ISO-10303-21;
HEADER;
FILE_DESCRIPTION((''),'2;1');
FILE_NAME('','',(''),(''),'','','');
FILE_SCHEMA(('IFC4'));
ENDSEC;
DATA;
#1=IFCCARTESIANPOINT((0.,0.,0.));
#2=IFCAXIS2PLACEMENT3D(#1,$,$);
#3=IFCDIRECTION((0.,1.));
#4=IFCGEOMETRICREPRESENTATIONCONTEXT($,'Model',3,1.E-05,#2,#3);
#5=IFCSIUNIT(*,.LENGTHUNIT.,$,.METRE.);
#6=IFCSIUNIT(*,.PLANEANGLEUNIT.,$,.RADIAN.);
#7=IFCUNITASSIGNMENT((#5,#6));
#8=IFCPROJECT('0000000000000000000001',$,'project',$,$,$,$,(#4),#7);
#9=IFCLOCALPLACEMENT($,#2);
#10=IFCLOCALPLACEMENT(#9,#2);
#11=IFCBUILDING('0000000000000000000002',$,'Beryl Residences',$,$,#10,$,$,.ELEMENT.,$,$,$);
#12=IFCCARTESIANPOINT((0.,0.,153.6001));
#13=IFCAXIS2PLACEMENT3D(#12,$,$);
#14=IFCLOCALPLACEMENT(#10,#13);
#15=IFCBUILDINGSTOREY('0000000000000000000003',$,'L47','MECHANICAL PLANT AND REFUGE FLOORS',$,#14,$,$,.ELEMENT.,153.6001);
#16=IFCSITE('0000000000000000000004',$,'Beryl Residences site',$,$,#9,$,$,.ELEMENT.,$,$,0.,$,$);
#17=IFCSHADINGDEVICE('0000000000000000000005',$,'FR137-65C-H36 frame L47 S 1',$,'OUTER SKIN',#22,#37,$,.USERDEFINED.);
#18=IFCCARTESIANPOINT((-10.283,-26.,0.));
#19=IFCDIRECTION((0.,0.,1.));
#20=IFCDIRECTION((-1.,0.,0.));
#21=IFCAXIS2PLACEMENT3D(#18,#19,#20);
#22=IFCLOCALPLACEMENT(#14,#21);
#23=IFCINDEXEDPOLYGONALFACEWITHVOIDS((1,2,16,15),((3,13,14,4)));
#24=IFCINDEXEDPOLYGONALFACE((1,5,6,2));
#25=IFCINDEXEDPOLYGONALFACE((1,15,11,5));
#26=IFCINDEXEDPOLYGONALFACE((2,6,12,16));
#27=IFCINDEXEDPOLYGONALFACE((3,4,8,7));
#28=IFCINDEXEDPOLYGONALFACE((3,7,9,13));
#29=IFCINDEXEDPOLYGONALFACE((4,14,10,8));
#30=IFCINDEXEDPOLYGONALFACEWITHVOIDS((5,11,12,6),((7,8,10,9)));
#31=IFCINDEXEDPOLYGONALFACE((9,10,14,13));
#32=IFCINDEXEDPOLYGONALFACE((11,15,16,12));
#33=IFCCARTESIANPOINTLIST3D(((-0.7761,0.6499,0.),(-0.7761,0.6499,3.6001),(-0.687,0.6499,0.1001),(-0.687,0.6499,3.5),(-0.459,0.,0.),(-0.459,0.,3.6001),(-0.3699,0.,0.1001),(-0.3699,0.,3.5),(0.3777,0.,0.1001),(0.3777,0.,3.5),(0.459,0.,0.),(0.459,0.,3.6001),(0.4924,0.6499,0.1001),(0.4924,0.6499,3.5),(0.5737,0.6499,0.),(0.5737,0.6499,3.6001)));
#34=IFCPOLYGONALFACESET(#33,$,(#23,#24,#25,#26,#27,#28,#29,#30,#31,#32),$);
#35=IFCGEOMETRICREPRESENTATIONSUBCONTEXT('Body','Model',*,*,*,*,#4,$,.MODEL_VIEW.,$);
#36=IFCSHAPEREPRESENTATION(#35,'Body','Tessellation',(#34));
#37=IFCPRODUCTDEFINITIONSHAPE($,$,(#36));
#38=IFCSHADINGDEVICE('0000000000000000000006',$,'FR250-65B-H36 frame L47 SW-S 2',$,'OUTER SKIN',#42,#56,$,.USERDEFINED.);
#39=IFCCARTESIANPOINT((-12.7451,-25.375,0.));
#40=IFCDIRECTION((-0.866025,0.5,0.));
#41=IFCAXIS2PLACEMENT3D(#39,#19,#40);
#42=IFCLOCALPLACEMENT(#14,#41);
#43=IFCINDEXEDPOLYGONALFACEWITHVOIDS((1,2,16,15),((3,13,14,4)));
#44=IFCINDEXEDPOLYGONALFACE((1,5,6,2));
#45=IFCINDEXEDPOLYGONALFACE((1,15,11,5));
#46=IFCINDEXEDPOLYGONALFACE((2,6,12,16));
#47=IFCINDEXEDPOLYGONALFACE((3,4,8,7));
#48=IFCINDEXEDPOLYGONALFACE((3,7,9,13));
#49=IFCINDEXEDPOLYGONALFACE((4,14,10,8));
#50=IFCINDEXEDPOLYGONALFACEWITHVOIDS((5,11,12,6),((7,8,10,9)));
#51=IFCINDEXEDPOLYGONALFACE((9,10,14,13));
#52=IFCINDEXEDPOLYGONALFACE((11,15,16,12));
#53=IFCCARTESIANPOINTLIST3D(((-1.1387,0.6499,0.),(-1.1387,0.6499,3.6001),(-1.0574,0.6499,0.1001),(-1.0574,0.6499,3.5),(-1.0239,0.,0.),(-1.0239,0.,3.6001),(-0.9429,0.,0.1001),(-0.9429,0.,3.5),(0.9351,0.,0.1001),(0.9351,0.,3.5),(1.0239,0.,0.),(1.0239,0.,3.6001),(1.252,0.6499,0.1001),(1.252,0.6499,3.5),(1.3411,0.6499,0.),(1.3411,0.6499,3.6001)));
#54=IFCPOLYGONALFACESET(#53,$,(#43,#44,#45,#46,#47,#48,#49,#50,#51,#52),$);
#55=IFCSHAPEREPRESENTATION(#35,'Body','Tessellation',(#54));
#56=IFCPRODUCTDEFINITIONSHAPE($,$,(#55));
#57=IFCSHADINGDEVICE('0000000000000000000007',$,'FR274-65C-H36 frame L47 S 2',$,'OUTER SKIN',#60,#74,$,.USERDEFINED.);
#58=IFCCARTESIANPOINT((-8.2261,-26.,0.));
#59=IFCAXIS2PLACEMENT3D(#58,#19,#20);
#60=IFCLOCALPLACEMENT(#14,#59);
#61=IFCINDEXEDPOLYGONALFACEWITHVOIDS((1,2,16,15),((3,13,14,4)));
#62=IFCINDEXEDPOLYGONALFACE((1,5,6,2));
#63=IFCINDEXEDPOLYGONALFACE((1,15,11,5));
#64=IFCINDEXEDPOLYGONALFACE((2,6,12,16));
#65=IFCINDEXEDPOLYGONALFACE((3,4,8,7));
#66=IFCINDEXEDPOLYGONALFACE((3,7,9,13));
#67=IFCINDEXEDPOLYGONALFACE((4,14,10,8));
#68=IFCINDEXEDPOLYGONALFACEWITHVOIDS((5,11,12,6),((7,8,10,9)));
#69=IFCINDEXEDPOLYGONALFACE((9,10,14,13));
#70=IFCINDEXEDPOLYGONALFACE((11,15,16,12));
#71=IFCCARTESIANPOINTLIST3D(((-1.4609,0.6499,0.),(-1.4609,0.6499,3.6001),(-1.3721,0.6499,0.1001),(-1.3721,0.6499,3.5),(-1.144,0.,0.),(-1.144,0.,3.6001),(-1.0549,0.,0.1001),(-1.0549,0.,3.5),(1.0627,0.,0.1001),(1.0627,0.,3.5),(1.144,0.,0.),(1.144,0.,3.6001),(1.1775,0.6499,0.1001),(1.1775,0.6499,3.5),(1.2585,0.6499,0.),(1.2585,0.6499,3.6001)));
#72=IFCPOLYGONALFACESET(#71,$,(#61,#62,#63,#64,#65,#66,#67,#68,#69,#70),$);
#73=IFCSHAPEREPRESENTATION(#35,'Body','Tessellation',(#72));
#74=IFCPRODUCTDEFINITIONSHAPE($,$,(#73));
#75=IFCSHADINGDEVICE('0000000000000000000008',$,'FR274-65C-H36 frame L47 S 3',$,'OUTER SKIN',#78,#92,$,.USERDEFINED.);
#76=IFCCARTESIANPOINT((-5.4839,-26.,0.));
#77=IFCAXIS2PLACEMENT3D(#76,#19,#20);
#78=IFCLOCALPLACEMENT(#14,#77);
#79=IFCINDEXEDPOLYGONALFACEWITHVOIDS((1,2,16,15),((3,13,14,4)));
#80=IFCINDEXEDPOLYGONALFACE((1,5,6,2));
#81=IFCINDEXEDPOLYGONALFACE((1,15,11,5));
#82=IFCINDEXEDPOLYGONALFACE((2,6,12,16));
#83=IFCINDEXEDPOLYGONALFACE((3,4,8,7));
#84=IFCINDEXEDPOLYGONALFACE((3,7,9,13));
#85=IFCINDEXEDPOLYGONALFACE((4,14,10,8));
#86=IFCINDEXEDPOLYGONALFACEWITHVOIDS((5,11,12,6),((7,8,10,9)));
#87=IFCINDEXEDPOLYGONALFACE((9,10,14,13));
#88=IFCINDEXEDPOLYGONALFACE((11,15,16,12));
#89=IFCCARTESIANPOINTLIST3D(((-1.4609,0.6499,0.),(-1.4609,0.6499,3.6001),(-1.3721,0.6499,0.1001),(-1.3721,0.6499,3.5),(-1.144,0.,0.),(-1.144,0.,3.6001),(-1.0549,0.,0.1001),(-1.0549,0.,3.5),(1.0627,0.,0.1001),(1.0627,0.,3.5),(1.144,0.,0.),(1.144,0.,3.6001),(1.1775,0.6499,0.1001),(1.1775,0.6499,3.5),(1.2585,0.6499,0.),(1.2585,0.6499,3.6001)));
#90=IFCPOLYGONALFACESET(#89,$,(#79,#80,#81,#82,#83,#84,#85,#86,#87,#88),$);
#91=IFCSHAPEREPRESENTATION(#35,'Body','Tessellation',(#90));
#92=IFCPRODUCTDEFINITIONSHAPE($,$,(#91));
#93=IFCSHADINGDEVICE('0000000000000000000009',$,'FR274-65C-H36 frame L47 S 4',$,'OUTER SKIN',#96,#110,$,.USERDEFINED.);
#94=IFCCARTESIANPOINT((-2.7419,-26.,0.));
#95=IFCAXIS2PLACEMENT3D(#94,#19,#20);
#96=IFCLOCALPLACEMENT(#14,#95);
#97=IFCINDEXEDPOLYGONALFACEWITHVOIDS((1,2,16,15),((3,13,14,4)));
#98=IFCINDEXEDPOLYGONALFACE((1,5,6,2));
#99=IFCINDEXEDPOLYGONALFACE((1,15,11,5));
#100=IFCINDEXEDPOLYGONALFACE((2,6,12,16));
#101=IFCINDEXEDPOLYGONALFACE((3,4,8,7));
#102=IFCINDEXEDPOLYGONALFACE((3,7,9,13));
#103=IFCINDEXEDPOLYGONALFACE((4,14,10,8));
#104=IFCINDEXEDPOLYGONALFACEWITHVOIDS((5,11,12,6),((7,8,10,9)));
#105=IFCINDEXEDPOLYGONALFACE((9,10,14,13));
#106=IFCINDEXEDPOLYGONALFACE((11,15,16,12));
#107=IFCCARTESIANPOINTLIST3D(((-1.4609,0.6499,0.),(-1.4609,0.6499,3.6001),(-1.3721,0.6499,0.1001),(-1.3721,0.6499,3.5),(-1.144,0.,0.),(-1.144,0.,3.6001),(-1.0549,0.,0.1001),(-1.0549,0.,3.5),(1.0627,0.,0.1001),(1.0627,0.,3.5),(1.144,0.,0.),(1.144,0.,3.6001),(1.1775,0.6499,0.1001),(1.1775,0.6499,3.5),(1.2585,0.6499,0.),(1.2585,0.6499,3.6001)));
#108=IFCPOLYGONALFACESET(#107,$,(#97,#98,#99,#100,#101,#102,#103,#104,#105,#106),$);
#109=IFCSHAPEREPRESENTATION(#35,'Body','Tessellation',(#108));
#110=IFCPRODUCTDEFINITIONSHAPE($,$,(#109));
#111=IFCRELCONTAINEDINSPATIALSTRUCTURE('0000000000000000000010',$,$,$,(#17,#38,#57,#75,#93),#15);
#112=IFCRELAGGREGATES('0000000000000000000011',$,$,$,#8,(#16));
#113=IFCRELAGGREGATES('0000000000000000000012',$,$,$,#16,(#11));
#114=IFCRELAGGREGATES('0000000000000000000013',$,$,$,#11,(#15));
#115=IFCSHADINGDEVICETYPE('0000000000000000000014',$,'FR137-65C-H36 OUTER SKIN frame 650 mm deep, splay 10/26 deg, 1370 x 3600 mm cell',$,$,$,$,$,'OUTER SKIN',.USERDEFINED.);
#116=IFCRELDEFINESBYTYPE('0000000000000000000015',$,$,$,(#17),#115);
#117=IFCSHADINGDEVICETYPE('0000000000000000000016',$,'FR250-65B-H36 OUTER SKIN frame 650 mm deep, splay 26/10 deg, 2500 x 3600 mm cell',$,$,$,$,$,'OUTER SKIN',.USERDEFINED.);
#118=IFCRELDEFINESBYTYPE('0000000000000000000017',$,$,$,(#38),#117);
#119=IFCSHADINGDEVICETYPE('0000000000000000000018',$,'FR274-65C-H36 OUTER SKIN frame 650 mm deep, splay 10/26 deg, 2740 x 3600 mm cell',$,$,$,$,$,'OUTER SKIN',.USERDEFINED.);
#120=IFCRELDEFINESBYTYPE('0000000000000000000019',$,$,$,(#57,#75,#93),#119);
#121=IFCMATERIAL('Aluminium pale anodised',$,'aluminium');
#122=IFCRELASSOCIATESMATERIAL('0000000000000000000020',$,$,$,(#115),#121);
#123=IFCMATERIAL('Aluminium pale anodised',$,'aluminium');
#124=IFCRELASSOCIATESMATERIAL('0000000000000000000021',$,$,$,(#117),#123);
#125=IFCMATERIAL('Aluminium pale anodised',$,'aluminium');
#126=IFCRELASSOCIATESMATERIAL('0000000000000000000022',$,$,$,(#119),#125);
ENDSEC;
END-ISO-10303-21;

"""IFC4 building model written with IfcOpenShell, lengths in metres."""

from ifc_helpers import new_model, entity, si_unit, direction, frame, origin, place, context, subcontext, project, spatial, source, transform, mapped, material, type_object, type_shapes, element, save


model = new_model("IFC4")

# Units and contexts
model_context = context("Model", 3, precision=1e-05, world=origin(), true_north=direction((0.0, 1.0)))
body_context = subcontext(model_context, "Body", "Model", "MODEL_VIEW")
ifc_project = project(units=[si_unit("LENGTHUNIT", "METRE"), si_unit("PLANEANGLEUNIT", "RADIAN")], contexts=[model_context])

# Site, building, storey
site_placement = place(None, origin())
site = spatial("IfcSite", under=ifc_project, at=site_placement, Name="Beryl Residences site", CompositionType="ELEMENT", RefElevation=0.0)
building_placement = place(site_placement, origin())
building = spatial("IfcBuilding", under=site, at=building_placement, Name="Beryl Residences", CompositionType="ELEMENT")
storey_placement = place(building_placement, frame((0.0, 0.0, 153.6001)))
storey = spatial("IfcBuildingStorey", under=building, at=storey_placement, Name="L47", Description="MECHANICAL PLANT AND REFUGE FLOORS", CompositionType="ELEMENT", Elevation=153.6001)

# Shading devices
ifc_material_1 = material(Name="Aluminium pale anodised", Category="aluminium")
shading_device_type_1 = type_object("IfcShadingDeviceType", Name="FR137-65C-H36 OUTER SKIN frame 650 mm deep, splay 10/26 deg, 1370 x 3600 mm cell", ElementType="OUTER SKIN", PredefinedType="USERDEFINED", material=ifc_material_1)
cartesian_point_1 = entity("IfcCartesianPoint", [-0.459, 0.0])
cartesian_point_2 = entity("IfcCartesianPoint", [-0.3777, 0.1001])
cartesian_point_3 = entity("IfcCartesianPoint", [-0.5737, 0.0])
cartesian_point_4 = entity("IfcCartesianPoint", [-0.4924, 0.1001])
shared_shape_1 = source(origin(), body_context, "Body", "SweptSolid", [
    entity("IfcExtrudedAreaSolidTapered", entity("IfcArbitraryProfileDefWithVoids", "AREA", None, entity("IfcPolyline", [cartesian_point_1, entity("IfcCartesianPoint", [0.459, 0.0]), entity("IfcCartesianPoint", [0.459, 3.6001]), entity("IfcCartesianPoint", [-0.459, 3.6001]), cartesian_point_1]), [entity("IfcPolyline", [cartesian_point_2, entity("IfcCartesianPoint", [0.3699, 0.1001]), entity("IfcCartesianPoint", [0.3699, 3.5]), entity("IfcCartesianPoint", [-0.3777, 3.5]), cartesian_point_2])]), entity("IfcAxis2Placement3D", entity("IfcCartesianPoint", [0.0, 0.0, 0.0]), entity("IfcDirection", [0.0, 1.0, 0.0]), entity("IfcDirection", [-1.0, 0.0, 0.0])), entity("IfcDirection", [0.0, 0.0, 1.0]), 0.6499, entity("IfcArbitraryProfileDefWithVoids", "AREA", None, entity("IfcPolyline", [cartesian_point_3, entity("IfcCartesianPoint", [0.7761, 0.0]), entity("IfcCartesianPoint", [0.7761, 3.6001]), entity("IfcCartesianPoint", [-0.5737, 3.6001]), cartesian_point_3]), [entity("IfcPolyline", [cartesian_point_4, entity("IfcCartesianPoint", [0.687, 0.1001]), entity("IfcCartesianPoint", [0.687, 3.5]), entity("IfcCartesianPoint", [-0.4924, 3.5]), cartesian_point_4])])),
])
type_shapes(shading_device_type_1, [shared_shape_1])
shading_device_1_placement = place(storey_placement, frame((-10.283, -26.0, 0.0), z_axis=(0.0, 0.0, 1.0), x_axis=(-1.0, 0.0, 0.0)))
element("IfcShadingDevice", 1, at=shading_device_1_placement, inside=storey, type_object=shading_device_type_1, Name="FR137-65C-H36 frame L47 S 1", ObjectType="OUTER SKIN", PredefinedType="USERDEFINED", context=body_context, shape_type="MappedRepresentation", body=[
    mapped(shared_shape_1, transform((0.0, 0.0, 0.0))),
])
ifc_material_2 = material(Name="Aluminium pale anodised", Category="aluminium")
shading_device_type_2 = type_object("IfcShadingDeviceType", Name="FR250-65B-H36 OUTER SKIN frame 650 mm deep, splay 26/10 deg, 2500 x 3600 mm cell", ElementType="OUTER SKIN", PredefinedType="USERDEFINED", material=ifc_material_2)
cartesian_point_5 = entity("IfcCartesianPoint", [-1.0239, 0.0])
cartesian_point_6 = entity("IfcCartesianPoint", [-0.9351, 0.1001])
cartesian_point_7 = entity("IfcCartesianPoint", [-1.3411, 0.0])
cartesian_point_8 = entity("IfcCartesianPoint", [-1.252, 0.1001])
shared_shape_2 = source(origin(), body_context, "Body", "SweptSolid", [
    entity("IfcExtrudedAreaSolidTapered", entity("IfcArbitraryProfileDefWithVoids", "AREA", None, entity("IfcPolyline", [cartesian_point_5, entity("IfcCartesianPoint", [1.0239, 0.0]), entity("IfcCartesianPoint", [1.0239, 3.6001]), entity("IfcCartesianPoint", [-1.0239, 3.6001]), cartesian_point_5]), [entity("IfcPolyline", [cartesian_point_6, entity("IfcCartesianPoint", [0.9429, 0.1001]), entity("IfcCartesianPoint", [0.9429, 3.5]), entity("IfcCartesianPoint", [-0.9351, 3.5]), cartesian_point_6])]), entity("IfcAxis2Placement3D", entity("IfcCartesianPoint", [0.0, 0.0, 0.0]), entity("IfcDirection", [0.0, 1.0, 0.0]), entity("IfcDirection", [-1.0, 0.0, 0.0])), entity("IfcDirection", [0.0, 0.0, 1.0]), 0.6499, entity("IfcArbitraryProfileDefWithVoids", "AREA", None, entity("IfcPolyline", [cartesian_point_7, entity("IfcCartesianPoint", [1.1387, 0.0]), entity("IfcCartesianPoint", [1.1387, 3.6001]), entity("IfcCartesianPoint", [-1.3411, 3.6001]), cartesian_point_7]), [entity("IfcPolyline", [cartesian_point_8, entity("IfcCartesianPoint", [1.0574, 0.1001]), entity("IfcCartesianPoint", [1.0574, 3.5]), entity("IfcCartesianPoint", [-1.252, 3.5]), cartesian_point_8])])),
])
type_shapes(shading_device_type_2, [shared_shape_2])
shading_device_2_placement = place(storey_placement, frame((-12.7451, -25.375, 0.0), z_axis=(0.0, 0.0, 1.0), x_axis=(-0.866025, 0.5, 0.0)))
element("IfcShadingDevice", 2, at=shading_device_2_placement, inside=storey, type_object=shading_device_type_2, Name="FR250-65B-H36 frame L47 SW-S 2", ObjectType="OUTER SKIN", PredefinedType="USERDEFINED", context=body_context, shape_type="MappedRepresentation", body=[
    mapped(shared_shape_2, transform((0.0, 0.0, 0.0))),
])
ifc_material_3 = material(Name="Aluminium pale anodised", Category="aluminium")
shading_device_type_3 = type_object("IfcShadingDeviceType", Name="FR274-65C-H36 OUTER SKIN frame 650 mm deep, splay 10/26 deg, 2740 x 3600 mm cell", ElementType="OUTER SKIN", PredefinedType="USERDEFINED", material=ifc_material_3)
cartesian_point_9 = entity("IfcCartesianPoint", [-1.144, 0.0])
cartesian_point_10 = entity("IfcCartesianPoint", [-1.0627, 0.1001])
cartesian_point_11 = entity("IfcCartesianPoint", [-1.2585, 0.0])
cartesian_point_12 = entity("IfcCartesianPoint", [-1.1775, 0.1001])
shared_shape_3 = source(origin(), body_context, "Body", "SweptSolid", [
    entity("IfcExtrudedAreaSolidTapered", entity("IfcArbitraryProfileDefWithVoids", "AREA", None, entity("IfcPolyline", [cartesian_point_9, entity("IfcCartesianPoint", [1.144, 0.0]), entity("IfcCartesianPoint", [1.144, 3.6001]), entity("IfcCartesianPoint", [-1.144, 3.6001]), cartesian_point_9]), [entity("IfcPolyline", [cartesian_point_10, entity("IfcCartesianPoint", [1.0549, 0.1001]), entity("IfcCartesianPoint", [1.0549, 3.5]), entity("IfcCartesianPoint", [-1.0627, 3.5]), cartesian_point_10])]), entity("IfcAxis2Placement3D", entity("IfcCartesianPoint", [0.0, 0.0, 0.0]), entity("IfcDirection", [0.0, 1.0, 0.0]), entity("IfcDirection", [-1.0, 0.0, 0.0])), entity("IfcDirection", [0.0, 0.0, 1.0]), 0.6499, entity("IfcArbitraryProfileDefWithVoids", "AREA", None, entity("IfcPolyline", [cartesian_point_11, entity("IfcCartesianPoint", [1.4609, 0.0]), entity("IfcCartesianPoint", [1.4609, 3.6001]), entity("IfcCartesianPoint", [-1.2585, 3.6001]), cartesian_point_11]), [entity("IfcPolyline", [cartesian_point_12, entity("IfcCartesianPoint", [1.3721, 0.1001]), entity("IfcCartesianPoint", [1.3721, 3.5]), entity("IfcCartesianPoint", [-1.1775, 3.5]), cartesian_point_12])])),
])
type_shapes(shading_device_type_3, [shared_shape_3])
for number, where, z_axis, x_axis, name in (
    (3, (-8.2261, -26.0, 0.0), (0.0, 0.0, 1.0), (-1.0, 0.0, 0.0), "FR274-65C-H36 frame L47 S 2"),
    (4, (-5.4839, -26.0, 0.0), (0.0, 0.0, 1.0), (-1.0, 0.0, 0.0), "FR274-65C-H36 frame L47 S 3"),
    (5, (-2.7419, -26.0, 0.0), (0.0, 0.0, 1.0), (-1.0, 0.0, 0.0), "FR274-65C-H36 frame L47 S 4"),
):
    element("IfcShadingDevice", number, at=place(storey_placement, frame(where, z_axis=z_axis, x_axis=x_axis)), inside=storey, type_object=shading_device_type_3, Name=name, ObjectType="OUTER SKIN", PredefinedType="USERDEFINED", context=body_context, shape_type="MappedRepresentation", body=[
        mapped(shared_shape_3, transform((0.0, 0.0, 0.0))),
    ])

save(model, "model.ifc")
